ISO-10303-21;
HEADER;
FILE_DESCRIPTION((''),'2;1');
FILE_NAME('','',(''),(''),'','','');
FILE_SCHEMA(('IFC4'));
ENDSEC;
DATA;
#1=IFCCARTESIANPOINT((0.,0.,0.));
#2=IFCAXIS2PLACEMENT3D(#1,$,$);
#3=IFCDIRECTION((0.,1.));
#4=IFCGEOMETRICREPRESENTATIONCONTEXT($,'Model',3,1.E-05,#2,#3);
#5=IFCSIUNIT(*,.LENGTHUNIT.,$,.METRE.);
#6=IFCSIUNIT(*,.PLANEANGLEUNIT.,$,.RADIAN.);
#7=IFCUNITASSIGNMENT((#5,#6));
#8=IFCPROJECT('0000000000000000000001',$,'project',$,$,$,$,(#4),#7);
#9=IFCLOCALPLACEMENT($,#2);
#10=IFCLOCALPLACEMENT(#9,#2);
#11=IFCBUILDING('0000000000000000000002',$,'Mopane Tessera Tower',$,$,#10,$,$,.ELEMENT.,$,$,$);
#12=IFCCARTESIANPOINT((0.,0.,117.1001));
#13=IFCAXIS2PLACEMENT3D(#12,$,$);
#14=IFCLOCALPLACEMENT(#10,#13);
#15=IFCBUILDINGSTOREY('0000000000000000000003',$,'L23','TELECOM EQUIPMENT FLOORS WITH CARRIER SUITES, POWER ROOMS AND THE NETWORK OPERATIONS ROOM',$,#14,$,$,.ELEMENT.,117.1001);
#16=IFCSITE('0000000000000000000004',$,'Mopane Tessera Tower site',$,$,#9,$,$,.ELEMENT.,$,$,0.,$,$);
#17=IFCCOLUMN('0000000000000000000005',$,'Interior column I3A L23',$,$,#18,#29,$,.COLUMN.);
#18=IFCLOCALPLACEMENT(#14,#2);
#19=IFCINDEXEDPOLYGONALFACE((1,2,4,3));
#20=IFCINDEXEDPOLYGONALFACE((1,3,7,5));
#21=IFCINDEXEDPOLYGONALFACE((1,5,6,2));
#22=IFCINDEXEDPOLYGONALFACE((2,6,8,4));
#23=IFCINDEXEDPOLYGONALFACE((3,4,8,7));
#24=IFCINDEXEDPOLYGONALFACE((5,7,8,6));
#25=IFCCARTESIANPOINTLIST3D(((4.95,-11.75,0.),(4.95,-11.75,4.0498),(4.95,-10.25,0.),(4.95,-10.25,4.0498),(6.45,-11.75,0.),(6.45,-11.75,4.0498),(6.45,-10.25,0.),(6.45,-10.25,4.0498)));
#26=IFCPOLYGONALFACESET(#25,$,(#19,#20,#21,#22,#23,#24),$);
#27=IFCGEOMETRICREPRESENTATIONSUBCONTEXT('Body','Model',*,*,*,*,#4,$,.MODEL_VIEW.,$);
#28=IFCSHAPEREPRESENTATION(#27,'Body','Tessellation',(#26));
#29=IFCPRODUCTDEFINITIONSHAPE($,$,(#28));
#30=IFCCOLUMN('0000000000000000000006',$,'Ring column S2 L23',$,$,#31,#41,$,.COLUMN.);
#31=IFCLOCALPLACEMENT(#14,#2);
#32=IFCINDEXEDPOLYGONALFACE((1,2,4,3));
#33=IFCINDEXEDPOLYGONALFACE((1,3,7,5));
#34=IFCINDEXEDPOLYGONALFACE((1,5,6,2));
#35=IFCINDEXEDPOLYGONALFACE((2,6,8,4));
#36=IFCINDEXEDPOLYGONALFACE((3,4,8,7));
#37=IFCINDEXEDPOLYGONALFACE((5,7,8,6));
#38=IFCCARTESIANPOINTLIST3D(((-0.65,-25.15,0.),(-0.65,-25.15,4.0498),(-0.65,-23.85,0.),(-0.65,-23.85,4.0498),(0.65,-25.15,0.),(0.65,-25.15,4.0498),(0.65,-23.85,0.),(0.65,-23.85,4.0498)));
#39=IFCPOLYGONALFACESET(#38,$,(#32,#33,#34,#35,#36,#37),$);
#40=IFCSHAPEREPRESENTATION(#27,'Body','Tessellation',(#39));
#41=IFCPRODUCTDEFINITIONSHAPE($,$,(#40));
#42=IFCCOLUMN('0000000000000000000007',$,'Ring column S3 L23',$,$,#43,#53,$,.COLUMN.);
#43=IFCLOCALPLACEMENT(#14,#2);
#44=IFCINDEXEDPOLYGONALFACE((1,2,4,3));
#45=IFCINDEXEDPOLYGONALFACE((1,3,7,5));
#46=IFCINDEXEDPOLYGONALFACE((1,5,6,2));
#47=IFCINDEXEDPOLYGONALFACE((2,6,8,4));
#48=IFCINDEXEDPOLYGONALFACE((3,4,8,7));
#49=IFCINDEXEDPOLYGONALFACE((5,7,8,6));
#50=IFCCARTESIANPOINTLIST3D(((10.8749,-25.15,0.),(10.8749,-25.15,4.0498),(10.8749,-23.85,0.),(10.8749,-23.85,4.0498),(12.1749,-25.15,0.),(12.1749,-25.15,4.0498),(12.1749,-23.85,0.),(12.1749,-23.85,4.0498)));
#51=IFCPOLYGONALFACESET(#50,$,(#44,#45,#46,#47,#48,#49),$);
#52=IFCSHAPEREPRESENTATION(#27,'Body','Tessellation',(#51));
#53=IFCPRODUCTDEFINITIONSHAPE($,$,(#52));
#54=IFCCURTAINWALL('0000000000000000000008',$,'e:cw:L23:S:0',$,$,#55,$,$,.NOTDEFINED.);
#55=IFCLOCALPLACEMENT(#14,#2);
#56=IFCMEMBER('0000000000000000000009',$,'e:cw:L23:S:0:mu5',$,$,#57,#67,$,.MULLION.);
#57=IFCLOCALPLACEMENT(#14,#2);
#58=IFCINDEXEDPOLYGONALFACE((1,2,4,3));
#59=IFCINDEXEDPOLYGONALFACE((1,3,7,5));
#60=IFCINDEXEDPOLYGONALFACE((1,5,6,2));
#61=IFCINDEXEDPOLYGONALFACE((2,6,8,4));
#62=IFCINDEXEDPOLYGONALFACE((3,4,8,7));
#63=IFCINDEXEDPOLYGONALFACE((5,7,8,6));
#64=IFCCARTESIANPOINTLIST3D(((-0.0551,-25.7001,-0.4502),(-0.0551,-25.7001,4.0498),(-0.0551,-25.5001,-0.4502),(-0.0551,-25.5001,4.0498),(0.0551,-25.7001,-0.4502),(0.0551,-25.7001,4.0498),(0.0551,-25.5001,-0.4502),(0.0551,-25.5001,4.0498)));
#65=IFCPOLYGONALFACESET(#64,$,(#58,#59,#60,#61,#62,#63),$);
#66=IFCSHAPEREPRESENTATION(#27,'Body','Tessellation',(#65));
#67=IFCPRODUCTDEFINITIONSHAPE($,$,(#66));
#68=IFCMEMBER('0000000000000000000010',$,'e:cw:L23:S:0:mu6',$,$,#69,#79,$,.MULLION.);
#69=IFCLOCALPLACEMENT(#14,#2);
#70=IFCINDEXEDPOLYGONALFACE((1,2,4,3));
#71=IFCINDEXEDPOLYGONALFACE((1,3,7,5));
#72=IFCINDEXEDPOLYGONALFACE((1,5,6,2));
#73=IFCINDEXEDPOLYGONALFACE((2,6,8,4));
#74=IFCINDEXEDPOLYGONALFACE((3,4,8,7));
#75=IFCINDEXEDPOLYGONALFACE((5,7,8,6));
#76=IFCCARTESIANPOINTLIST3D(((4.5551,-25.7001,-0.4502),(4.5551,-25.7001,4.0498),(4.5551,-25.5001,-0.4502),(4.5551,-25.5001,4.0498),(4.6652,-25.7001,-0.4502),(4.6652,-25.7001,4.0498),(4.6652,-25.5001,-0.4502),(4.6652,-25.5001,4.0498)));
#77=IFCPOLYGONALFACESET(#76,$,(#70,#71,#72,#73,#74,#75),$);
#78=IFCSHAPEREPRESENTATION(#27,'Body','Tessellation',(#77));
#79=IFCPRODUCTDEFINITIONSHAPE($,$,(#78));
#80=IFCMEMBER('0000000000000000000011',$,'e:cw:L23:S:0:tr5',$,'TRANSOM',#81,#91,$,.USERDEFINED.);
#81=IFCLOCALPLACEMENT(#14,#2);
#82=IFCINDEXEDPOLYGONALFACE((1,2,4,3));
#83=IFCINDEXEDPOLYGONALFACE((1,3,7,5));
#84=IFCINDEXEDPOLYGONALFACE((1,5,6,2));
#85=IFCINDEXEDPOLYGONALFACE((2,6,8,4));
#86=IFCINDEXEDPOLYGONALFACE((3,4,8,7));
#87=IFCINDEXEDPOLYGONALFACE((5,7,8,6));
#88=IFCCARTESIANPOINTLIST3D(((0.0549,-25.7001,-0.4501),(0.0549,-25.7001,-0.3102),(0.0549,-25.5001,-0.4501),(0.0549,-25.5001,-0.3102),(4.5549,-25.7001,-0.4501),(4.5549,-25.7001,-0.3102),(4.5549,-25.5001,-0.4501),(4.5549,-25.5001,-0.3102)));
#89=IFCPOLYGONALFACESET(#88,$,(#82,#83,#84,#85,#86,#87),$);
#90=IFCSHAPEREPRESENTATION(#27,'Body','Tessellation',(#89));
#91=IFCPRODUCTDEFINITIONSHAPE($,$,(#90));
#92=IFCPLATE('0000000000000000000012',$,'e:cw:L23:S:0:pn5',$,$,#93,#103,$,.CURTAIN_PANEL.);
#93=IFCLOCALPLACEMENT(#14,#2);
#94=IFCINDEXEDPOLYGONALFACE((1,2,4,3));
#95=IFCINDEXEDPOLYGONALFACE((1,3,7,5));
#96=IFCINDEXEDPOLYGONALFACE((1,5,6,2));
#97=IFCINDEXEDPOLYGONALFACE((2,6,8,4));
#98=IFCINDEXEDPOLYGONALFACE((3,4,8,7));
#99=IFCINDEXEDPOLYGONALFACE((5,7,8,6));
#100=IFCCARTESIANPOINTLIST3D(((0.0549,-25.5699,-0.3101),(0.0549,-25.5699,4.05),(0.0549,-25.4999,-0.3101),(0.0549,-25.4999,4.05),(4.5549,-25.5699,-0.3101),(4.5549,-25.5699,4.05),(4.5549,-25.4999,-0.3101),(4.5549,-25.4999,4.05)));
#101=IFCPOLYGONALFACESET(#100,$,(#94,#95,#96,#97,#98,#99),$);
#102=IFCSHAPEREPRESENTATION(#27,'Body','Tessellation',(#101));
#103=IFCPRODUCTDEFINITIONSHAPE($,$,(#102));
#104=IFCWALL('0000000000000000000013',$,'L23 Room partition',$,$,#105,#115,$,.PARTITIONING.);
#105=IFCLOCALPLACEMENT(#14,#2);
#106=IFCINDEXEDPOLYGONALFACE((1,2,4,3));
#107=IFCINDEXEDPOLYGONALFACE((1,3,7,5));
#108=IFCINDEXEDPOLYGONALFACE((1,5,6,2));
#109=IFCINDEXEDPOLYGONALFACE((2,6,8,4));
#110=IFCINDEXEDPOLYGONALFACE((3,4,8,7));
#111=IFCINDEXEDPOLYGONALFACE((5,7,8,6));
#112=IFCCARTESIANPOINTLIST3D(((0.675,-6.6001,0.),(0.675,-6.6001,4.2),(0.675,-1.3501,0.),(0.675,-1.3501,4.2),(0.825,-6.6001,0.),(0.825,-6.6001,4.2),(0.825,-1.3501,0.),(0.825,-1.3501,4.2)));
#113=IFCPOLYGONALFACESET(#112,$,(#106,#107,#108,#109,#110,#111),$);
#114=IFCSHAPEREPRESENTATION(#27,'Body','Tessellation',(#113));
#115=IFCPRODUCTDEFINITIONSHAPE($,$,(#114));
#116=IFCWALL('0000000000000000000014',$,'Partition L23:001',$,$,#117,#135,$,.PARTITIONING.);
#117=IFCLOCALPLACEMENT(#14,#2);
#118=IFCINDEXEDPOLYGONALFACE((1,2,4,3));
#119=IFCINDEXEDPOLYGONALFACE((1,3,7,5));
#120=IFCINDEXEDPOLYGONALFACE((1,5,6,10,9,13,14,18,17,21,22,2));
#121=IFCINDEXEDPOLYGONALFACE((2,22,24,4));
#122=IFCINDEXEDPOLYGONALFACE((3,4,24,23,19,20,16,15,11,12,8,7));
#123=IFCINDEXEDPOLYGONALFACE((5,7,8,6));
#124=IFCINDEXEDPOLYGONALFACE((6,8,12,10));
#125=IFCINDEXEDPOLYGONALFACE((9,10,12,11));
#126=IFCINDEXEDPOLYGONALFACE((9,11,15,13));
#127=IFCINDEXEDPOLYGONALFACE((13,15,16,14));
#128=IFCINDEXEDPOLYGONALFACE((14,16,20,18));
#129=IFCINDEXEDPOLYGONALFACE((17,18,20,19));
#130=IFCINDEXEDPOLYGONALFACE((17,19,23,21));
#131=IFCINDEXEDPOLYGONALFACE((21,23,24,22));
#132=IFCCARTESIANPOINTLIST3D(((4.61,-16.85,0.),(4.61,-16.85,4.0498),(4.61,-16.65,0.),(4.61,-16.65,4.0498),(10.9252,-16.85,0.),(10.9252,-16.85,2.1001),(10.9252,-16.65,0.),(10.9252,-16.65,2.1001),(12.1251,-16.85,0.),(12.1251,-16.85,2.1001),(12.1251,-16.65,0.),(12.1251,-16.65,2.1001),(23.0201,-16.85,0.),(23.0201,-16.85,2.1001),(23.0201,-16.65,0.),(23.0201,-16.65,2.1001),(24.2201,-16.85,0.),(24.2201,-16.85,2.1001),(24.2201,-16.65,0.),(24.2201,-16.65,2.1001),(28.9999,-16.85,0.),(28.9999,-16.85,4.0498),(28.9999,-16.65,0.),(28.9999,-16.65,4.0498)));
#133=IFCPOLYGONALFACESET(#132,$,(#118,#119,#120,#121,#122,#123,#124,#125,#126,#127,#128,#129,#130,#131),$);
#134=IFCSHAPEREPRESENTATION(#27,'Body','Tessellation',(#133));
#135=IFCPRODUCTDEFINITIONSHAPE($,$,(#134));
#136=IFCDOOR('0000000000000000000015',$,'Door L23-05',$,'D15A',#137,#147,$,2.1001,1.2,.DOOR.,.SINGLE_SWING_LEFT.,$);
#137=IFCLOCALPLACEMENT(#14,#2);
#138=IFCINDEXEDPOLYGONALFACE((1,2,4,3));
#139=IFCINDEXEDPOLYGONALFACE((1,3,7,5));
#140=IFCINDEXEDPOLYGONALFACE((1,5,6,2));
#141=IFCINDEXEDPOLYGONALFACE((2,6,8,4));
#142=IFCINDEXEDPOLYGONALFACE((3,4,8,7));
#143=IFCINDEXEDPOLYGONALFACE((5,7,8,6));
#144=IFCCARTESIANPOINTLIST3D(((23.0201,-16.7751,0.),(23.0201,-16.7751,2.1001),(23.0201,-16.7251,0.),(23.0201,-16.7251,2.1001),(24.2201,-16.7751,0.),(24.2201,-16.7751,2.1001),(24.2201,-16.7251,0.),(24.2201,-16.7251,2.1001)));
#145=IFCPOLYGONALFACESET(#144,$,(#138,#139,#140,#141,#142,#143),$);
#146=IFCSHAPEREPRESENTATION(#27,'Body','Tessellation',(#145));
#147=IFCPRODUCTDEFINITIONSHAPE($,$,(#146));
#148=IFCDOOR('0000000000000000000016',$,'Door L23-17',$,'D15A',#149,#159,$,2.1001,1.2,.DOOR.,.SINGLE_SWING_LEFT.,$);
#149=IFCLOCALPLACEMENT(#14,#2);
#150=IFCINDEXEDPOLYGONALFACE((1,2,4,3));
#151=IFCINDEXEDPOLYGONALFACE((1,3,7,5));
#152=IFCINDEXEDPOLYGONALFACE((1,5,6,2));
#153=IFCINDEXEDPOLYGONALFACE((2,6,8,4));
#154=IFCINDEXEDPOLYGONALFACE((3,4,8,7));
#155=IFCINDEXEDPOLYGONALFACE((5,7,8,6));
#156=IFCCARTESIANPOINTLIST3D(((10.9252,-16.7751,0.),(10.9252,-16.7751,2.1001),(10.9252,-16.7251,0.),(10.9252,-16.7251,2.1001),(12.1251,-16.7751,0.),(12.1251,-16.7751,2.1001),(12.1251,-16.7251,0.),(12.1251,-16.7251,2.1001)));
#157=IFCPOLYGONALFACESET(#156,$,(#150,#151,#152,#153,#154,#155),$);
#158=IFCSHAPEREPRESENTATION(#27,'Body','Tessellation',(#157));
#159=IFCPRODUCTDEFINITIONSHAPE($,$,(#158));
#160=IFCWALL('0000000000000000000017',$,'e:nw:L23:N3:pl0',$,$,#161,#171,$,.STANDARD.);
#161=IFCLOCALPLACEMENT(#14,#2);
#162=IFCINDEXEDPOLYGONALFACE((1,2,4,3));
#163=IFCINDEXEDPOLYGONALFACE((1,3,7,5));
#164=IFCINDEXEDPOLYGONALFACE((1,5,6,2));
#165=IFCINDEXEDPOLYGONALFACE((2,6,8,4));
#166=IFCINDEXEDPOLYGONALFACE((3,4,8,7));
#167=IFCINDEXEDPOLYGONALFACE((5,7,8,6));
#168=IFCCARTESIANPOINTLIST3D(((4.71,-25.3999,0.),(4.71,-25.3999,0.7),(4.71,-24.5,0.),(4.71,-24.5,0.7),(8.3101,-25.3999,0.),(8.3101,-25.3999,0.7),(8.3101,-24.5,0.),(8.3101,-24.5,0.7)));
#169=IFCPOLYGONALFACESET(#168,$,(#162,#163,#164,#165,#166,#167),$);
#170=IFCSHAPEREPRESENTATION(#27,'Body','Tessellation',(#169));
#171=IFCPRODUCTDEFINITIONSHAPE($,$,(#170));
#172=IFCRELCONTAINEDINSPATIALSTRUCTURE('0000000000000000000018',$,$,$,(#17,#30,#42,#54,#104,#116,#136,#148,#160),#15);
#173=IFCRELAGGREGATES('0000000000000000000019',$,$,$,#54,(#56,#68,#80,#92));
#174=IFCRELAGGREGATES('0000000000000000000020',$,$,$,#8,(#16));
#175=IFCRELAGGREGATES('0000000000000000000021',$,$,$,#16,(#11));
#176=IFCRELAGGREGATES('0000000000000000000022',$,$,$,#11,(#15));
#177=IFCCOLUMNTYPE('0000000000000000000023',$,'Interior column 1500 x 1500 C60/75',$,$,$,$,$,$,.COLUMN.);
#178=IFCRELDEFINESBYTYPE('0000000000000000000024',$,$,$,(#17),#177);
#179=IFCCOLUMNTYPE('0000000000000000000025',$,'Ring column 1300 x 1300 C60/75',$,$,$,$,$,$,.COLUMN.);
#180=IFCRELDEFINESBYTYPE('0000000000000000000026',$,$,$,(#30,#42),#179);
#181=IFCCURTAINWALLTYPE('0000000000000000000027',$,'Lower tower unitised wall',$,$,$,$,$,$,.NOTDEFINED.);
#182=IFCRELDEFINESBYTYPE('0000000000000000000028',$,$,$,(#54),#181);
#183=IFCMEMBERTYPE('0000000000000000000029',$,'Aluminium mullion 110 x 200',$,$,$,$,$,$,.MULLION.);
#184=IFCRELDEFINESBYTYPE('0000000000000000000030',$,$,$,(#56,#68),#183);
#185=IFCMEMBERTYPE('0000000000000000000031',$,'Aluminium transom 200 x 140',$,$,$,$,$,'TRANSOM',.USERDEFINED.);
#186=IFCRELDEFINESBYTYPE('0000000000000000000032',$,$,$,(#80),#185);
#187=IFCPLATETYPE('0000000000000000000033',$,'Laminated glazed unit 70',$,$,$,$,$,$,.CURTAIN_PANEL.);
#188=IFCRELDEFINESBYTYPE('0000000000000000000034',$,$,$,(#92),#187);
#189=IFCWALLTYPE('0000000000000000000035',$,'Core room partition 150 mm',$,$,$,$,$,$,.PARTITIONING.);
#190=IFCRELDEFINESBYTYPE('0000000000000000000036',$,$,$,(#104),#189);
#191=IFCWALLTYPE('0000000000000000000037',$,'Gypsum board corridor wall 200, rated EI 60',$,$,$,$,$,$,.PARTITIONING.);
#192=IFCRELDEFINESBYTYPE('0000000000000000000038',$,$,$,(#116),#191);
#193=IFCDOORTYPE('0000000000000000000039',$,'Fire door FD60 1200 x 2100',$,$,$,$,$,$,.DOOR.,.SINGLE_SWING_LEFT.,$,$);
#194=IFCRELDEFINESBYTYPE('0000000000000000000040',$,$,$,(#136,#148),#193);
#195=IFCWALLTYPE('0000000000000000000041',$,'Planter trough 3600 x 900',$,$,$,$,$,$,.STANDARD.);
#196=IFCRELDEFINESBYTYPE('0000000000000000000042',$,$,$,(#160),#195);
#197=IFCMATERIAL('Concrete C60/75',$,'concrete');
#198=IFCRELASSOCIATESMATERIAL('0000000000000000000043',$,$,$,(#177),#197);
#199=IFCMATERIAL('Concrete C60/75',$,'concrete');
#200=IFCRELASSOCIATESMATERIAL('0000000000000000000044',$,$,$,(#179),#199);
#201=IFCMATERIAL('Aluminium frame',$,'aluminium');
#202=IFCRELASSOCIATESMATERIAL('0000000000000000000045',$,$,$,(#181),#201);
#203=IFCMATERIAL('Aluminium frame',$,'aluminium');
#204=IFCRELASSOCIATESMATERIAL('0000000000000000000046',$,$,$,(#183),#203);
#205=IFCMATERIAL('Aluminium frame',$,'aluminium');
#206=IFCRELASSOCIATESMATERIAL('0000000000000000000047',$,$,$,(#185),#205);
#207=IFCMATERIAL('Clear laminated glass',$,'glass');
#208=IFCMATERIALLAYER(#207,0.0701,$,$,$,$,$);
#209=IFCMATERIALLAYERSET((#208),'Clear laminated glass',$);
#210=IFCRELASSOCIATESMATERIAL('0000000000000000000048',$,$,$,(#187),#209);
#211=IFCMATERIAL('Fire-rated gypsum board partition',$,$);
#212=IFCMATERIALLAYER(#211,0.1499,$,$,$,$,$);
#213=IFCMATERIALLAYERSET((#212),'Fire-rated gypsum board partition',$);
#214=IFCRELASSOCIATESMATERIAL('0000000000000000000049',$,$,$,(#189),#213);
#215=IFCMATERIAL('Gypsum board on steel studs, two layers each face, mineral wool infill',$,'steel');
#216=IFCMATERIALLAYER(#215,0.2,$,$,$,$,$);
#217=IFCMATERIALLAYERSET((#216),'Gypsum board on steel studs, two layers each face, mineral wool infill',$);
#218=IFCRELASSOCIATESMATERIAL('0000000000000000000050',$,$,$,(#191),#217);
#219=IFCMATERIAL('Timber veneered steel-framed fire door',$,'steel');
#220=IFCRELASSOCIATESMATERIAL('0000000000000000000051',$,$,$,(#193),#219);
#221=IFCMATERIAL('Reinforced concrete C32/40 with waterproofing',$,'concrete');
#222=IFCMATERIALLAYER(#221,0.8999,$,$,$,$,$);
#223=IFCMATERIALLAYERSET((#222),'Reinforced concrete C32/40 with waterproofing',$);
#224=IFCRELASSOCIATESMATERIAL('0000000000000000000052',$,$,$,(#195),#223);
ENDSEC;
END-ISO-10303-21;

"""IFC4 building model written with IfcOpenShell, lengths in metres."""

from ifc_helpers import new_model, si_unit, direction, frame, frame_2d, origin, origin_2d, place, context, subcontext, project, spatial, rectangle, extrude, material, layer, layer_set, material_profile, profile_set, type_object, element, fill, aggregate, save


model = new_model("IFC4")

# Units and contexts
model_context = context("Model", 3, precision=1e-05, world=origin(), true_north=direction((0.0, 1.0)))
body_context = subcontext(model_context, "Body", "Model", "MODEL_VIEW")
ifc_project = project(units=[si_unit("LENGTHUNIT", "METRE"), si_unit("PLANEANGLEUNIT", "RADIAN")], contexts=[model_context])

# Site, building, storey
site_placement = place(None, origin())
site = spatial("IfcSite", under=ifc_project, at=site_placement, Name="Mopane Tessera Tower site", CompositionType="ELEMENT", RefElevation=0.0)
building_placement = place(site_placement, origin())
building = spatial("IfcBuilding", under=site, at=building_placement, Name="Mopane Tessera Tower", CompositionType="ELEMENT")
storey_placement = place(building_placement, frame((0.0, 0.0, 117.1001)))
storey = spatial("IfcBuildingStorey", under=building, at=storey_placement, Name="L23", Description="TELECOM EQUIPMENT FLOORS WITH CARRIER SUITES, POWER ROOMS AND THE NETWORK OPERATIONS ROOM", CompositionType="ELEMENT", Elevation=117.1001)

# Columns
ifc_material_1 = material(Name="Concrete C60/75", Category="concrete")
ifc_material_profile_1 = material_profile(ifc_material_1, rectangle(XDim=1.5, YDim=1.5, at=origin_2d()))
ifc_profile_set_1 = profile_set([ifc_material_profile_1], Name="Concrete C60/75")
column_type_1 = type_object("IfcColumnType", Name="Interior column 1500 x 1500 C60/75", PredefinedType="COLUMN", material=ifc_profile_set_1)
column_placement = place(storey_placement, frame((5.7, -11.0, 0.0), z_axis=(0.0, 0.0, 1.0), x_axis=(1.0, 0.0, 0.0)))
element("IfcColumn", 1, at=column_placement, inside=storey, type_object=column_type_1, Name="Interior column I3A L23", PredefinedType="COLUMN", context=body_context, shape_type="SweptSolid", body=[
    extrude(rectangle(XDim=1.5, YDim=1.5, at=origin_2d()), origin(), (0.0, 0.0, 1.0), 4.0498),
])
ifc_material_2 = material(Name="Concrete C60/75", Category="concrete")
ifc_material_profile_2 = material_profile(ifc_material_2, rectangle(XDim=1.3, YDim=1.3, at=origin_2d()))
ifc_profile_set_2 = profile_set([ifc_material_profile_2], Name="Concrete C60/75")
column_type_2 = type_object("IfcColumnType", Name="Ring column 1300 x 1300 C60/75", PredefinedType="COLUMN", material=ifc_profile_set_2)
for number, where, z_axis, x_axis, name in (
    (2, (0.0, -24.5, 0.0), (0.0, 0.0, 1.0), (1.0, 0.0, 0.0), "Ring column S2 L23"),
    (3, (11.5249, -24.5, 0.0), (0.0, 0.0, 1.0), (1.0, 0.0, 0.0), "Ring column S3 L23"),
):
    element("IfcColumn", number, at=place(storey_placement, frame(where, z_axis=z_axis, x_axis=x_axis)), inside=storey, type_object=column_type_2, Name=name, PredefinedType="COLUMN", context=body_context, shape_type="SweptSolid", body=[
        extrude(rectangle(XDim=1.3, YDim=1.3, at=origin_2d()), origin(), (0.0, 0.0, 1.0), 4.0498),
    ])

# Curtain wall, members, plate
ifc_material_3 = material(Name="Aluminium frame", Category="aluminium")
curtain_wall_type = type_object("IfcCurtainWallType", Name="Lower tower unitised wall", PredefinedType="NOTDEFINED", material=ifc_material_3)
curtain_wall_placement = place(storey_placement, origin())
curtain_wall = element("IfcCurtainWall", 4, at=curtain_wall_placement, inside=storey, type_object=curtain_wall_type, Name="e:cw:L23:S:0", PredefinedType="NOTDEFINED")
ifc_material_4 = material(Name="Aluminium frame", Category="aluminium")
ifc_material_profile_3 = material_profile(ifc_material_4, rectangle(XDim=0.1101, YDim=0.2, at=origin_2d()))
ifc_profile_set_3 = profile_set([ifc_material_profile_3], Name="Aluminium frame")
member_type_1 = type_object("IfcMemberType", Name="Aluminium mullion 110 x 200", PredefinedType="MULLION", material=ifc_profile_set_3)
member_1_placement = place(storey_placement, frame((0.0, -25.6001, -0.4502), z_axis=(0.0, 0.0, 1.0), x_axis=(1.0, 0.0, 0.0)))
member_1 = element("IfcMember", 5, at=member_1_placement, type_object=member_type_1, Name="e:cw:L23:S:0:mu5", PredefinedType="MULLION", context=body_context, shape_type="SweptSolid", body=[
    extrude(rectangle(XDim=0.1101, YDim=0.2, at=origin_2d()), origin(), (0.0, 0.0, 1.0), 4.5),
])
member_2_placement = place(storey_placement, frame((4.6101, -25.6001, -0.4502), z_axis=(0.0, 0.0, 1.0), x_axis=(1.0, 0.0, 0.0)))
member_2 = element("IfcMember", 6, at=member_2_placement, type_object=member_type_1, Name="e:cw:L23:S:0:mu6", PredefinedType="MULLION", context=body_context, shape_type="SweptSolid", body=[
    extrude(rectangle(XDim=0.1101, YDim=0.2, at=origin_2d()), origin(), (0.0, 0.0, 1.0), 4.5),
])
ifc_material_5 = material(Name="Aluminium frame", Category="aluminium")
ifc_material_profile_4 = material_profile(ifc_material_5, rectangle(XDim=0.2, YDim=0.1399, at=origin_2d()))
ifc_profile_set_4 = profile_set([ifc_material_profile_4], Name="Aluminium frame")
member_type_2 = type_object("IfcMemberType", Name="Aluminium transom 200 x 140", ElementType="TRANSOM", PredefinedType="USERDEFINED", material=ifc_profile_set_4)
member_3_placement = place(storey_placement, frame((0.0549, -25.6001, -0.3801), z_axis=(1.0, 0.0, 0.0), x_axis=(0.0, 1.0, 0.0)))
member_3 = element("IfcMember", 7, at=member_3_placement, type_object=member_type_2, Name="e:cw:L23:S:0:tr5", ObjectType="TRANSOM", PredefinedType="USERDEFINED", context=body_context, shape_type="SweptSolid", body=[
    extrude(rectangle(XDim=0.2, YDim=0.1399, at=origin_2d()), origin(), (0.0, 0.0, 1.0), 4.5),
])
ifc_material_6 = material(Name="Clear laminated glass", Category="glass")
ifc_layer_1 = layer(ifc_material_6, 0.0701)
ifc_layer_set_1 = layer_set([ifc_layer_1], Name="Clear laminated glass")
plate_type = type_object("IfcPlateType", Name="Laminated glazed unit 70", PredefinedType="CURTAIN_PANEL", material=ifc_layer_set_1)
plate_placement = place(storey_placement, frame((2.3049, -25.5349, -0.3101), z_axis=(0.0, 0.0, 1.0), x_axis=(1.0, 0.0, 0.0)))
plate = element("IfcPlate", 8, at=plate_placement, type_object=plate_type, Name="e:cw:L23:S:0:pn5", PredefinedType="CURTAIN_PANEL", context=body_context, shape_type="SweptSolid", body=[
    extrude(rectangle(XDim=4.5, YDim=0.0701, at=origin_2d()), origin(), (0.0, 0.0, 1.0), 4.3601),
])
aggregate(curtain_wall, [member_1, member_2, member_3, plate])

# Wall
ifc_material_7 = material(Name="Fire-rated gypsum board partition")
ifc_layer_2 = layer(ifc_material_7, 0.1499)
ifc_layer_set_2 = layer_set([ifc_layer_2], Name="Fire-rated gypsum board partition")
wall_type_1 = type_object("IfcWallType", Name="Core room partition 150 mm", PredefinedType="PARTITIONING", material=ifc_layer_set_2)
wall_1_placement = place(storey_placement, frame((0.75, -6.6001, 0.0), z_axis=(0.0, 0.0, 1.0), x_axis=(0.0, 1.0, 0.0)))
element("IfcWall", 9, at=wall_1_placement, inside=storey, type_object=wall_type_1, Name="L23 Room partition", PredefinedType="PARTITIONING", context=body_context, shape_type="SweptSolid", body=[
    extrude(rectangle(XDim=5.25, YDim=0.1499, at=frame_2d((2.625, 0.0))), origin(), (0.0, 0.0, 1.0), 4.2),
])

# Wall, openings, doors
ifc_material_8 = material(Name="Gypsum board on steel studs, two layers each face, mineral wool infill", Category="steel")
ifc_layer_3 = layer(ifc_material_8, 0.2)
ifc_layer_set_3 = layer_set([ifc_layer_3], Name="Gypsum board on steel studs, two layers each face, mineral wool infill")
wall_type_2 = type_object("IfcWallType", Name="Gypsum board corridor wall 200, rated EI 60", PredefinedType="PARTITIONING", material=ifc_layer_set_3)
wall_2_placement = place(storey_placement, frame((4.6101, -16.75, 0.0), z_axis=(0.0, 0.0, 1.0), x_axis=(1.0, 0.0, 0.0)))
wall_2 = element("IfcWall", 10, at=wall_2_placement, inside=storey, type_object=wall_type_2, Name="Partition L23:001", PredefinedType="PARTITIONING", context=body_context, shape_type="SweptSolid", body=[
    extrude(rectangle(XDim=24.3899, YDim=0.2, at=frame_2d((12.1948, 0.0))), origin(), (0.0, 0.0, 1.0), 4.0498),
])
opening_1_placement = place(wall_2_placement, frame((18.4099, 0.0, 0.0)))
opening_1 = element("IfcOpeningElement", 11, at=opening_1_placement, cuts=wall_2, PredefinedType="OPENING", context=body_context, shape_type="SweptSolid", body=[
    extrude(rectangle(XDim=1.2, YDim=2.1001, at=frame_2d((0.6001, 1.05))), frame((0.0, 0.1121, 0.0), z_axis=(0.0, -1.0, 0.0), x_axis=(1.0, 0.0, 0.0)), (0.0, 0.0, 1.0), 0.2239),
])
opening_2_placement = place(wall_2_placement, frame((6.3149, 0.0, 0.0)))
opening_2 = element("IfcOpeningElement", 12, at=opening_2_placement, cuts=wall_2, PredefinedType="OPENING", context=body_context, shape_type="SweptSolid", body=[
    extrude(rectangle(XDim=1.2, YDim=2.1001, at=frame_2d((0.6001, 1.05))), frame((0.0, 0.1121, 0.0), z_axis=(0.0, -1.0, 0.0), x_axis=(1.0, 0.0, 0.0)), (0.0, 0.0, 1.0), 0.2239),
])
ifc_material_9 = material(Name="Timber veneered steel-framed fire door", Category="steel")
door_type_1 = type_object("IfcDoorType", Name="Fire door FD60 1200 x 2100", OperationType="SINGLE_SWING_LEFT", PredefinedType="DOOR", material=ifc_material_9)
door_1_placement = place(opening_1_placement, origin())
door_1 = element("IfcDoor", 13, at=door_1_placement, inside=storey, type_object=door_type_1, Name="Door L23-05", ObjectType="D15A", OperationType="SINGLE_SWING_LEFT", OverallHeight=2.1001, OverallWidth=1.2, PredefinedType="DOOR", context=body_context, shape_type="SweptSolid", body=[
    extrude(rectangle(XDim=1.2, YDim=2.1001, at=frame_2d((0.6001, 1.05))), frame((0.0, 0.0249, 0.0), z_axis=(0.0, -1.0, 0.0), x_axis=(1.0, 0.0, 0.0)), (0.0, 0.0, 1.0), 0.05),
])
fill(opening_1, door_1)
door_2_placement = place(opening_2_placement, origin())
door_2 = element("IfcDoor", 14, at=door_2_placement, inside=storey, type_object=door_type_1, Name="Door L23-17", ObjectType="D15A", OperationType="SINGLE_SWING_LEFT", OverallHeight=2.1001, OverallWidth=1.2, PredefinedType="DOOR", context=body_context, shape_type="SweptSolid", body=[
    extrude(rectangle(XDim=1.2, YDim=2.1001, at=frame_2d((0.6001, 1.05))), frame((0.0, 0.0249, 0.0), z_axis=(0.0, -1.0, 0.0), x_axis=(1.0, 0.0, 0.0)), (0.0, 0.0, 1.0), 0.05),
])
fill(opening_2, door_2)

# Wall
ifc_material_10 = material(Name="Reinforced concrete C32/40 with waterproofing", Category="concrete")
ifc_layer_4 = layer(ifc_material_10, 0.8999)
ifc_layer_set_4 = layer_set([ifc_layer_4], Name="Reinforced concrete C32/40 with waterproofing")
wall_type_3 = type_object("IfcWallType", Name="Planter trough 3600 x 900", PredefinedType="STANDARD", material=ifc_layer_set_4)
wall_3_placement = place(storey_placement, frame((4.71, -24.95, 0.0), z_axis=(0.0, 0.0, 1.0), x_axis=(1.0, 0.0, 0.0)))
element("IfcWall", 15, at=wall_3_placement, inside=storey, type_object=wall_type_3, Name="e:nw:L23:N3:pl0", PredefinedType="STANDARD", context=body_context, shape_type="SweptSolid", body=[
    extrude(rectangle(XDim=3.6001, YDim=0.8999, at=frame_2d((1.8, 0.0))), origin(), (0.0, 0.0, 1.0), 0.7),
])

save(model, "model.ifc")
